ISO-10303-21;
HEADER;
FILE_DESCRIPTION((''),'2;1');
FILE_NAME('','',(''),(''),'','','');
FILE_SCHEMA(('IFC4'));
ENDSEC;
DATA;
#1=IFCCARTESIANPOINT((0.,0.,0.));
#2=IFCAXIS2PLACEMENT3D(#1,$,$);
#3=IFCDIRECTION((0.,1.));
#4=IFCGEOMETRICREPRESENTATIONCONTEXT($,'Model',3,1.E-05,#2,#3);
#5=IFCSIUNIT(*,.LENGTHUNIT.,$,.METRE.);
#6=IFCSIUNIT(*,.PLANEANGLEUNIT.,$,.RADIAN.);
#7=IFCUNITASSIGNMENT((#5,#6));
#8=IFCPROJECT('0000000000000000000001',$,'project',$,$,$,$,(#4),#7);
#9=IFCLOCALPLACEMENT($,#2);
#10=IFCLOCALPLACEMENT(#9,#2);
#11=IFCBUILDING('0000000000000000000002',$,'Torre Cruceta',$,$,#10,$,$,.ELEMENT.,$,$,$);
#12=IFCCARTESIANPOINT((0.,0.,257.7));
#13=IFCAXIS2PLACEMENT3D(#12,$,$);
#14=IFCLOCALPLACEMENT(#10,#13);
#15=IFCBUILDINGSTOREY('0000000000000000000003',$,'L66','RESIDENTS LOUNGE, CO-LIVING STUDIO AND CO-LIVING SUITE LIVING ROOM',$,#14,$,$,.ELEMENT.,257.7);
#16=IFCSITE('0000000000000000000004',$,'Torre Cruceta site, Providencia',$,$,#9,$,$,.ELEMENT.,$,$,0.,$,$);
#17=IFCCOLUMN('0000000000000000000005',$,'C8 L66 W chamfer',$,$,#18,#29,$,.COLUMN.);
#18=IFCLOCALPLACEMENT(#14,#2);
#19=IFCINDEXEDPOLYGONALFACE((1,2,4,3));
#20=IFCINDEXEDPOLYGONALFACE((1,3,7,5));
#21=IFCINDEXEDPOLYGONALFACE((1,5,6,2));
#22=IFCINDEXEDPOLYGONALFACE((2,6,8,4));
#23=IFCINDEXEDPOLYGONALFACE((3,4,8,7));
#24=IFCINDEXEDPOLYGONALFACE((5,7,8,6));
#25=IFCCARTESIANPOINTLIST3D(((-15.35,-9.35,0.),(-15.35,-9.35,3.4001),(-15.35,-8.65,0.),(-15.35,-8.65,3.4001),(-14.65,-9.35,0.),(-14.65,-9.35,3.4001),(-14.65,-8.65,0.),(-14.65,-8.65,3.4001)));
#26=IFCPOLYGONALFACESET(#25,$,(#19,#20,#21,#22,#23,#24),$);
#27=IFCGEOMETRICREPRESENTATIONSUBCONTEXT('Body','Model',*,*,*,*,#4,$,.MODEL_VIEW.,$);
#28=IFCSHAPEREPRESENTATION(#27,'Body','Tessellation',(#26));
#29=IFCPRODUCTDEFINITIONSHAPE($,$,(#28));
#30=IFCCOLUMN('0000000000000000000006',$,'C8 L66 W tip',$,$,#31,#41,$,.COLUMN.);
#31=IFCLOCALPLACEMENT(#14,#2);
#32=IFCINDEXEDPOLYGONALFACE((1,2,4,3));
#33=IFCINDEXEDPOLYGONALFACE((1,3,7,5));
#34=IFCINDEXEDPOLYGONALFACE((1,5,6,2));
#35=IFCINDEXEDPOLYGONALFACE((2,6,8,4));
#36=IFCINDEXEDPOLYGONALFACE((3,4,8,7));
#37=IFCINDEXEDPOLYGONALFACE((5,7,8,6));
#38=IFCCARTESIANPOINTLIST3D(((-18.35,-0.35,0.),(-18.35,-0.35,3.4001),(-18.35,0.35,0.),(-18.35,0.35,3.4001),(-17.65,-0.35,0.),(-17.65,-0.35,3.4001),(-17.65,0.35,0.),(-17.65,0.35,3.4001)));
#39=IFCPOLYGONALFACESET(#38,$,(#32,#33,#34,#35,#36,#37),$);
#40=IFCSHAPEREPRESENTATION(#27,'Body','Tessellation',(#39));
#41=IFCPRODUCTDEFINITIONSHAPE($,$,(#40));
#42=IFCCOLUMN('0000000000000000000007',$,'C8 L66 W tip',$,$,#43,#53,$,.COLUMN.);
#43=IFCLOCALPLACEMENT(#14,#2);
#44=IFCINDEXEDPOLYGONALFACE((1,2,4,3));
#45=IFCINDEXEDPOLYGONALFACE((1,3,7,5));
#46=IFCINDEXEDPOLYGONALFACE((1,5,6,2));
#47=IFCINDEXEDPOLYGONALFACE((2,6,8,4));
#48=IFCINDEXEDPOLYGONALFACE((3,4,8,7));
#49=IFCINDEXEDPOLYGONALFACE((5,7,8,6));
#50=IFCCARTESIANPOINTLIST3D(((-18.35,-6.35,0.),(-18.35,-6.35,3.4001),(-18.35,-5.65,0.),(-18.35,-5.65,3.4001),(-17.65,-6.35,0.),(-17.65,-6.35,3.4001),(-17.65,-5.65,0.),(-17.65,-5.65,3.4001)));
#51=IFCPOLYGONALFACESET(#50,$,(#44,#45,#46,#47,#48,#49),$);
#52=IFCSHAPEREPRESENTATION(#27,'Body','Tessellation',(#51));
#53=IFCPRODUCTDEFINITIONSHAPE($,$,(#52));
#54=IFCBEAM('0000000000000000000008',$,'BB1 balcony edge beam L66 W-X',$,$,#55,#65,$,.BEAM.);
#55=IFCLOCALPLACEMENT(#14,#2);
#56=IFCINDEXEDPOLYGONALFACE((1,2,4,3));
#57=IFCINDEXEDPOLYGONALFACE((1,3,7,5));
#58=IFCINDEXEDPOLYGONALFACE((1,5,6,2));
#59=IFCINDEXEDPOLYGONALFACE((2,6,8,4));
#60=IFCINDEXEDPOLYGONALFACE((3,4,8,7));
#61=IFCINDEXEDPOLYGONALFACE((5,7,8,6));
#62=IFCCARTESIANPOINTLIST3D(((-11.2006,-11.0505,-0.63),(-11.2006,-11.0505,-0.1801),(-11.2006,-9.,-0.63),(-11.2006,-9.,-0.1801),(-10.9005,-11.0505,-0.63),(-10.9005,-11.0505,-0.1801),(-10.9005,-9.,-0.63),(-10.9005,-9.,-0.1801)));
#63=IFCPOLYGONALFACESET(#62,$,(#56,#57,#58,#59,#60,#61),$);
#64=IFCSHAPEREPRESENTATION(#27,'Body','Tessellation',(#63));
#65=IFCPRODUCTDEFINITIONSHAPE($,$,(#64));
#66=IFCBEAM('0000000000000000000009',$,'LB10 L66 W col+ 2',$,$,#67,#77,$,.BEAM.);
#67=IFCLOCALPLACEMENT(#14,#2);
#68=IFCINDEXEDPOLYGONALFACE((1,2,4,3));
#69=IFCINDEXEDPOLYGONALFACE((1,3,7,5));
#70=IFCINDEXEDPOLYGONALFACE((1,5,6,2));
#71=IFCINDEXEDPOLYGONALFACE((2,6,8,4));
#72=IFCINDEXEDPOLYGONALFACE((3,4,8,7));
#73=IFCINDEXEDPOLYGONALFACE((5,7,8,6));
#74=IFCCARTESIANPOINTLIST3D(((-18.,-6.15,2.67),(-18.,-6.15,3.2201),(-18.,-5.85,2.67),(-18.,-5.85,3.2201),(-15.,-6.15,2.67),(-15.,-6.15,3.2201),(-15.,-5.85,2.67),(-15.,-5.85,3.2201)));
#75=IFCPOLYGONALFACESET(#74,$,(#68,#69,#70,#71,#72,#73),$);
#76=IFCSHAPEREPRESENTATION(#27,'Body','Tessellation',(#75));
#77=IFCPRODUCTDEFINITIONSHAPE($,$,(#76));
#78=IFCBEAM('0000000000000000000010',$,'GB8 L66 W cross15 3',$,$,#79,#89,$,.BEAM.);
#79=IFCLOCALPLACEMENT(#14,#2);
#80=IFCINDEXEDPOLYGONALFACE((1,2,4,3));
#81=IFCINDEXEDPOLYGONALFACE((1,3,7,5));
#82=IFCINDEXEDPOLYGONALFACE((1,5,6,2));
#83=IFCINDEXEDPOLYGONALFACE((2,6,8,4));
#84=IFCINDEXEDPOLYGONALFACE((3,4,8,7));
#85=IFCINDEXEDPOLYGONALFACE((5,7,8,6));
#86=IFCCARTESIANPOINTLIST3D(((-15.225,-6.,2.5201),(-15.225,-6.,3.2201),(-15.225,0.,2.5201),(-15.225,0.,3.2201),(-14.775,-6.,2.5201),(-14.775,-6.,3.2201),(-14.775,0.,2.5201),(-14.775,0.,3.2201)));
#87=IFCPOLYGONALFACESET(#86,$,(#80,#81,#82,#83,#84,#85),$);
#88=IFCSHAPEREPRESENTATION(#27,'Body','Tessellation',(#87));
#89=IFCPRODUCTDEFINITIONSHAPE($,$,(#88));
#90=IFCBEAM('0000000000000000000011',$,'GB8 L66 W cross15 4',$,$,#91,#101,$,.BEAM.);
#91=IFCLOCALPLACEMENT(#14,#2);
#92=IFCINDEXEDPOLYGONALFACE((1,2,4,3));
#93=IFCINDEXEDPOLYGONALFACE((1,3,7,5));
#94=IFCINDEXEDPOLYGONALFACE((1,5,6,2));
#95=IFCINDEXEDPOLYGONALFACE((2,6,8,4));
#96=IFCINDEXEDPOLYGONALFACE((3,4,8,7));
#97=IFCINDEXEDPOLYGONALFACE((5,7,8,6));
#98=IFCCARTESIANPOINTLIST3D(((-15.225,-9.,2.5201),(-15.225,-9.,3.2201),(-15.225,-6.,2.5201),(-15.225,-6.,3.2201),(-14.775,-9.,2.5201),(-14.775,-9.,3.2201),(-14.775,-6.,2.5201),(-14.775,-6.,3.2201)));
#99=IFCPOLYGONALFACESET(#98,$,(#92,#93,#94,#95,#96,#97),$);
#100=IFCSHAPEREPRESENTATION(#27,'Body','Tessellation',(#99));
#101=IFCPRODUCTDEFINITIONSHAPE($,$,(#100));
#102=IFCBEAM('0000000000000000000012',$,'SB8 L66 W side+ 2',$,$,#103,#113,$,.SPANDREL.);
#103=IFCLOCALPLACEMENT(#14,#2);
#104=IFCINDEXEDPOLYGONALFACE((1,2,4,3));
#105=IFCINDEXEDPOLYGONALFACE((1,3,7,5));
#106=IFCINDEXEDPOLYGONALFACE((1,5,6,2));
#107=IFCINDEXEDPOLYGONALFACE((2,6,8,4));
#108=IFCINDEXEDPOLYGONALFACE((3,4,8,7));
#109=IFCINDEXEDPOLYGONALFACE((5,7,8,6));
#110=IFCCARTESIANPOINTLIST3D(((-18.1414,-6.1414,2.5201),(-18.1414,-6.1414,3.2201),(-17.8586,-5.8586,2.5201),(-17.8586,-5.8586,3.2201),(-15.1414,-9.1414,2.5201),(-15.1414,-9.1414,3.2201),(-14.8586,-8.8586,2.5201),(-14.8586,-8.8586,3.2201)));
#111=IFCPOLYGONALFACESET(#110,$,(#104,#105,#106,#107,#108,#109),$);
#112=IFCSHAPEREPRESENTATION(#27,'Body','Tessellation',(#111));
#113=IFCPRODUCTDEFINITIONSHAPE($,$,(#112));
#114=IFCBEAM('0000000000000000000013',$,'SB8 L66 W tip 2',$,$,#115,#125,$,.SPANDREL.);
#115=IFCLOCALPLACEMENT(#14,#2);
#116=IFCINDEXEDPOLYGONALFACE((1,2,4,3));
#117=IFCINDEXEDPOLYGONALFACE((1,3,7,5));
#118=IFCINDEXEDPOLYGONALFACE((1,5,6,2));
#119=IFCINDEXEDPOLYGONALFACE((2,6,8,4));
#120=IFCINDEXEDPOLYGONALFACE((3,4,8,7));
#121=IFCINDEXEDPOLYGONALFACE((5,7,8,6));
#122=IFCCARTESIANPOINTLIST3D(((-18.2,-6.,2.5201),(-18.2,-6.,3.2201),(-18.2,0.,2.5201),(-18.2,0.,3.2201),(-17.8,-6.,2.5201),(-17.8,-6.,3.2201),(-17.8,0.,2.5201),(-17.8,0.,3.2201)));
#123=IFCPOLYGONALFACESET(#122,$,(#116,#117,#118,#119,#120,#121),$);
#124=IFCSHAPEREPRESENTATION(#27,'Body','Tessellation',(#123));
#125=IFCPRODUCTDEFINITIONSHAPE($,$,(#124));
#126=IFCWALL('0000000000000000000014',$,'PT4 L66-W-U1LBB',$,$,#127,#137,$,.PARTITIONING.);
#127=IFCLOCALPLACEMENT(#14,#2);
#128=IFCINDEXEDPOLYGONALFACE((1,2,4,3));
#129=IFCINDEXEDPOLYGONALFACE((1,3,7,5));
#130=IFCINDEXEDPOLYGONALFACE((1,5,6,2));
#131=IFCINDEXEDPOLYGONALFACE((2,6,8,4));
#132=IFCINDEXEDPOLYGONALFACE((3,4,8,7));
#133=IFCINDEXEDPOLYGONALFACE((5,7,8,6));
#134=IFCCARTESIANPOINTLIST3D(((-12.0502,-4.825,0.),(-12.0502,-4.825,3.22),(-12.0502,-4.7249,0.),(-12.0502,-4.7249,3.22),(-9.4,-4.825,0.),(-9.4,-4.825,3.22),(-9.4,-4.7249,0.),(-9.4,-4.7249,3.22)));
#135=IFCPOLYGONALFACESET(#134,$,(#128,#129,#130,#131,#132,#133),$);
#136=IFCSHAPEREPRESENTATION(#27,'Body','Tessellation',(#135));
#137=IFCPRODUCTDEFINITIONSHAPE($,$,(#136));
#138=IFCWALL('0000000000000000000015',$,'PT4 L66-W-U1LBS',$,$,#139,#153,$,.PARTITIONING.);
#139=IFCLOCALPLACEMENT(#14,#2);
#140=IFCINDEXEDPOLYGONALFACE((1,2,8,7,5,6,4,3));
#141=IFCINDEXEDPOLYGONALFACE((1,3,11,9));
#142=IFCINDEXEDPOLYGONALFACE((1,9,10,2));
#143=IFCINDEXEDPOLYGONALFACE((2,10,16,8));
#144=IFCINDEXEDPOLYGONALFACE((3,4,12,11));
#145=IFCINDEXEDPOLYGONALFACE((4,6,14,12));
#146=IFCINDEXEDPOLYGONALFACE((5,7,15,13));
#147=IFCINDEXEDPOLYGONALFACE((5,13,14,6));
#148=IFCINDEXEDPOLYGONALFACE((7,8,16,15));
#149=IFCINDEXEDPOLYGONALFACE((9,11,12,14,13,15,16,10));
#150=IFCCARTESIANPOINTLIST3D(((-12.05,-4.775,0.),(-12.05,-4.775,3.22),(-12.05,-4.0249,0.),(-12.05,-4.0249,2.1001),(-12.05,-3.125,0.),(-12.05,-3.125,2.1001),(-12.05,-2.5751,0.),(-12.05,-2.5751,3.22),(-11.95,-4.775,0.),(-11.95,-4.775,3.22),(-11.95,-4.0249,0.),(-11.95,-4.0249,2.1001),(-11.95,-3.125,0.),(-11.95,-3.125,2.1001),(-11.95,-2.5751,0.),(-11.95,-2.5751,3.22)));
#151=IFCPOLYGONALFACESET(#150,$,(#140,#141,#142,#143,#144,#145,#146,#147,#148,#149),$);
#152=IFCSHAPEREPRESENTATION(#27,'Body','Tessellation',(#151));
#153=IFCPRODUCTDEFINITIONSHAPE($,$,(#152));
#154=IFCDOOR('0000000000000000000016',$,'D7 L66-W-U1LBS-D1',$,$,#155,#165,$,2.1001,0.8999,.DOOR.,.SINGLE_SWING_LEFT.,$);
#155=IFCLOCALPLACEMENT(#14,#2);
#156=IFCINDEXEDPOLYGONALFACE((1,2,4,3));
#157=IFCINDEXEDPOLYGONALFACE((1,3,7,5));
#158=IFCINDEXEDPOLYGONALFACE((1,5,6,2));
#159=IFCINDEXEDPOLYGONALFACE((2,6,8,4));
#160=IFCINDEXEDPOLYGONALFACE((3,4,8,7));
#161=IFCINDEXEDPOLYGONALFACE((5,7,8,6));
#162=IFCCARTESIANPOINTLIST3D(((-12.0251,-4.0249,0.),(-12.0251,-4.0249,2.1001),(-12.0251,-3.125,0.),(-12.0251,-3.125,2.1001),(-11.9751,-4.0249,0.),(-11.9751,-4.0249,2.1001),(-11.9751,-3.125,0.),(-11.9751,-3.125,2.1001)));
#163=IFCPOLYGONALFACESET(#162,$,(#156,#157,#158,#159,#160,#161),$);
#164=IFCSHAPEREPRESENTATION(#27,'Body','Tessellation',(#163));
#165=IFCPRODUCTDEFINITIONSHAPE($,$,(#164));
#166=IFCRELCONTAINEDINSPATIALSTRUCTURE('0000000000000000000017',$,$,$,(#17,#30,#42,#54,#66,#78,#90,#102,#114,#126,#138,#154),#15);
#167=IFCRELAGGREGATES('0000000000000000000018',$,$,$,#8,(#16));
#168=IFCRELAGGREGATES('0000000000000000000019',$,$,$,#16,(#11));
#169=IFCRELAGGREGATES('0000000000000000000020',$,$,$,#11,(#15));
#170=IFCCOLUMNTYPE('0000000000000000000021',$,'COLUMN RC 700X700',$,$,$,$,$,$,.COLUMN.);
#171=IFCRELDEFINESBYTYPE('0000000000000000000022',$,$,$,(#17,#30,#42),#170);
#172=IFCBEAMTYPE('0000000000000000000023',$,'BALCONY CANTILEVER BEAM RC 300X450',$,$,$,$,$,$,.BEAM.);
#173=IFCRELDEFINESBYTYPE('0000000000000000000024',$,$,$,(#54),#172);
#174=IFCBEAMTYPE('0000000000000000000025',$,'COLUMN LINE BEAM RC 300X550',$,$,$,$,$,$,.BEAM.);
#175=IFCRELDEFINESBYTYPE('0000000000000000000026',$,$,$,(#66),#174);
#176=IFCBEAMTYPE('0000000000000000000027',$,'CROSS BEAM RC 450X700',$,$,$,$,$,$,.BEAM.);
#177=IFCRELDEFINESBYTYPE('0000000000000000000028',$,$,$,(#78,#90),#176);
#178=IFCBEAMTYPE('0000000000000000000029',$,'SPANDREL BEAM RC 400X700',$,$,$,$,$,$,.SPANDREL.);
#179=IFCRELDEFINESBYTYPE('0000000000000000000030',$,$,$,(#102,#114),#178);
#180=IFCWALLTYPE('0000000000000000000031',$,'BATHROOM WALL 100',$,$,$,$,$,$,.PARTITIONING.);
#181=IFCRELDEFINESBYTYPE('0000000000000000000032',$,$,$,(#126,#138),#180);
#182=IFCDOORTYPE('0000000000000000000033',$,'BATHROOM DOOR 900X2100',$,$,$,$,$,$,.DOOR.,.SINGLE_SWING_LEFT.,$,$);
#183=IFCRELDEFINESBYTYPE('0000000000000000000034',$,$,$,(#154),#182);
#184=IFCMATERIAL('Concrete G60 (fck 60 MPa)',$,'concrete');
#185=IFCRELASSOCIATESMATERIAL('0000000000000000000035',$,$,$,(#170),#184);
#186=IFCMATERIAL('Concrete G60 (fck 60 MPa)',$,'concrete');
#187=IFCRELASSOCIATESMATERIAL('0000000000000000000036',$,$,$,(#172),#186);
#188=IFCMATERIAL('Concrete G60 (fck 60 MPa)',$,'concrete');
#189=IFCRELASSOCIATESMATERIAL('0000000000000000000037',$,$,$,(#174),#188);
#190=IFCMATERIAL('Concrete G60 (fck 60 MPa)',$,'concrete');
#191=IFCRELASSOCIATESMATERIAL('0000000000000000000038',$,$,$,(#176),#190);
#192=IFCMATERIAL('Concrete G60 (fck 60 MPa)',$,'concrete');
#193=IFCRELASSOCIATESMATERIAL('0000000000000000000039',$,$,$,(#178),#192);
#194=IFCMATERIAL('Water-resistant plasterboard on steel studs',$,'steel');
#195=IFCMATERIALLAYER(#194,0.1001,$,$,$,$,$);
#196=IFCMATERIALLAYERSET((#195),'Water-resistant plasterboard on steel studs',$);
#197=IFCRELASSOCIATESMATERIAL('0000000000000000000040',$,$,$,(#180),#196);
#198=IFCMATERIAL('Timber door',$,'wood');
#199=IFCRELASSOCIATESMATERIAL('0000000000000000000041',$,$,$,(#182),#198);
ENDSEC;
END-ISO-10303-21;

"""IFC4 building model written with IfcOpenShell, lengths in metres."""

from ifc_helpers import new_model, si_unit, direction, frame, frame_2d, origin, origin_2d, place, context, subcontext, project, spatial, rectangle, extrude, material, layer, layer_set, material_profile, profile_set, type_object, element, fill, save


model = new_model("IFC4")

# Units and contexts
model_context = context("Model", 3, precision=1e-05, world=origin(), true_north=direction((0.0, 1.0)))
body_context = subcontext(model_context, "Body", "Model", "MODEL_VIEW")
ifc_project = project(units=[si_unit("LENGTHUNIT", "METRE"), si_unit("PLANEANGLEUNIT", "RADIAN")], contexts=[model_context])

# Site, building, storey
site_placement = place(None, origin())
site = spatial("IfcSite", under=ifc_project, at=site_placement, Name="Torre Cruceta site, Providencia", CompositionType="ELEMENT", RefElevation=0.0)
building_placement = place(site_placement, origin())
building = spatial("IfcBuilding", under=site, at=building_placement, Name="Torre Cruceta", CompositionType="ELEMENT")
storey_placement = place(building_placement, frame((0.0, 0.0, 257.7)))
storey = spatial("IfcBuildingStorey", under=building, at=storey_placement, Name="L66", Description="RESIDENTS LOUNGE, CO-LIVING STUDIO AND CO-LIVING SUITE LIVING ROOM", CompositionType="ELEMENT", Elevation=257.7)

# Columns
ifc_material_1 = material(Name="Concrete G60 (fck 60 MPa)", Category="concrete")
ifc_material_profile_1 = material_profile(ifc_material_1, rectangle(XDim=0.7, YDim=0.7, at=origin_2d()), Name="RC 700X700")
ifc_profile_set_1 = profile_set([ifc_material_profile_1], Name="Concrete G60 (fck 60 MPa)")
column_type = type_object("IfcColumnType", Name="COLUMN RC 700X700", PredefinedType="COLUMN", material=ifc_profile_set_1)
for number, where, z_axis, x_axis, name in (
    (1, (-15.0, -9.0, 0.0), (0.0, 0.0, 1.0), (1.0, 0.0, 0.0), "C8 L66 W chamfer"),
    (2, (-18.0, 0.0, 0.0), (0.0, 0.0, 1.0), (1.0, 0.0, 0.0), "C8 L66 W tip"),
    (3, (-18.0, -6.0, 0.0), (0.0, 0.0, 1.0), (1.0, 0.0, 0.0), "C8 L66 W tip"),
):
    element("IfcColumn", number, at=place(storey_placement, frame(where, z_axis=z_axis, x_axis=x_axis)), inside=storey, type_object=column_type, Name=name, PredefinedType="COLUMN", context=body_context, shape_type="SweptSolid", body=[
        extrude(rectangle(XDim=0.7, YDim=0.7, at=origin_2d()), origin(), (0.0, 0.0, 1.0), 3.4001),
    ])

# Beams
ifc_material_2 = material(Name="Concrete G60 (fck 60 MPa)", Category="concrete")
ifc_material_profile_2 = material_profile(ifc_material_2, rectangle(XDim=0.3, YDim=0.45, at=origin_2d()), Name="RC 300X450")
ifc_profile_set_2 = profile_set([ifc_material_profile_2], Name="Concrete G60 (fck 60 MPa)")
beam_type_1 = type_object("IfcBeamType", Name="BALCONY CANTILEVER BEAM RC 300X450", PredefinedType="BEAM", material=ifc_profile_set_2)
beam_1_placement = place(storey_placement, frame((-11.0505, -9.0, -0.405), z_axis=(0.0, -1.0, 0.0), x_axis=(1.0, 0.0, 0.0)))
element("IfcBeam", 4, at=beam_1_placement, inside=storey, type_object=beam_type_1, Name="BB1 balcony edge beam L66 W-X", PredefinedType="BEAM", context=body_context, shape_type="SweptSolid", body=[
    extrude(rectangle(XDim=0.3, YDim=0.45, at=origin_2d()), origin(), (0.0, 0.0, 1.0), 2.0505),
])
ifc_material_3 = material(Name="Concrete G60 (fck 60 MPa)", Category="concrete")
ifc_material_profile_3 = material_profile(ifc_material_3, rectangle(XDim=0.3, YDim=0.55, at=origin_2d()), Name="RC 300X550")
ifc_profile_set_3 = profile_set([ifc_material_profile_3], Name="Concrete G60 (fck 60 MPa)")
beam_type_2 = type_object("IfcBeamType", Name="COLUMN LINE BEAM RC 300X550", PredefinedType="BEAM", material=ifc_profile_set_3)
beam_2_placement = place(storey_placement, frame((-15.0, -6.0, 2.9451), z_axis=(-1.0, 0.0, 0.0), x_axis=(0.0, -1.0, 0.0)))
element("IfcBeam", 5, at=beam_2_placement, inside=storey, type_object=beam_type_2, Name="LB10 L66 W col+ 2", PredefinedType="BEAM", context=body_context, shape_type="SweptSolid", body=[
    extrude(rectangle(XDim=0.3, YDim=0.55, at=origin_2d()), origin(), (0.0, 0.0, 1.0), 3.0),
])
ifc_material_4 = material(Name="Concrete G60 (fck 60 MPa)", Category="concrete")
ifc_material_profile_4 = material_profile(ifc_material_4, rectangle(XDim=0.45, YDim=0.7, at=origin_2d()), Name="RC 450X700")
ifc_profile_set_4 = profile_set([ifc_material_profile_4], Name="Concrete G60 (fck 60 MPa)")
beam_type_3 = type_object("IfcBeamType", Name="CROSS BEAM RC 450X700", PredefinedType="BEAM", material=ifc_profile_set_4)
beam_3_placement = place(storey_placement, frame((-15.0, 0.0, 2.8701), z_axis=(0.0, -1.0, 0.0), x_axis=(1.0, 0.0, 0.0)))
element("IfcBeam", 6, at=beam_3_placement, inside=storey, type_object=beam_type_3, Name="GB8 L66 W cross15 3", PredefinedType="BEAM", context=body_context, shape_type="SweptSolid", body=[
    extrude(rectangle(XDim=0.45, YDim=0.7, at=origin_2d()), origin(), (0.0, 0.0, 1.0), 6.0),
])
beam_4_placement = place(storey_placement, frame((-15.0, -6.0, 2.8701), z_axis=(0.0, -1.0, 0.0), x_axis=(1.0, 0.0, 0.0)))
element("IfcBeam", 7, at=beam_4_placement, inside=storey, type_object=beam_type_3, Name="GB8 L66 W cross15 4", PredefinedType="BEAM", context=body_context, shape_type="SweptSolid", body=[
    extrude(rectangle(XDim=0.45, YDim=0.7, at=origin_2d()), origin(), (0.0, 0.0, 1.0), 3.0),
])
ifc_material_5 = material(Name="Concrete G60 (fck 60 MPa)", Category="concrete")
ifc_material_profile_5 = material_profile(ifc_material_5, rectangle(XDim=0.3999, YDim=0.7, at=origin_2d()), Name="RC 400X700")
ifc_profile_set_5 = profile_set([ifc_material_profile_5], Name="Concrete G60 (fck 60 MPa)")
beam_type_4 = type_object("IfcBeamType", Name="SPANDREL BEAM RC 400X700", PredefinedType="SPANDREL", material=ifc_profile_set_5)
beam_5_placement = place(storey_placement, frame((-15.0, -9.0, 2.8701), z_axis=(-0.707107, 0.707107, 0.0), x_axis=(-0.707107, -0.707107, 0.0)))
element("IfcBeam", 8, at=beam_5_placement, inside=storey, type_object=beam_type_4, Name="SB8 L66 W side+ 2", PredefinedType="SPANDREL", context=body_context, shape_type="SweptSolid", body=[
    extrude(rectangle(XDim=0.3999, YDim=0.7, at=origin_2d()), origin(), (0.0, 0.0, 1.0), 4.2427),
])
beam_6_placement = place(storey_placement, frame((-18.0, 0.0, 2.8701), z_axis=(0.0, -1.0, 0.0), x_axis=(1.0, 0.0, 0.0)))
element("IfcBeam", 9, at=beam_6_placement, inside=storey, type_object=beam_type_4, Name="SB8 L66 W tip 2", PredefinedType="SPANDREL", context=body_context, shape_type="SweptSolid", body=[
    extrude(rectangle(XDim=0.3999, YDim=0.7, at=origin_2d()), origin(), (0.0, 0.0, 1.0), 6.0),
])

# Wall
ifc_material_6 = material(Name="Water-resistant plasterboard on steel studs", Category="steel")
ifc_layer_1 = layer(ifc_material_6, 0.1001)
ifc_layer_set_1 = layer_set([ifc_layer_1], Name="Water-resistant plasterboard on steel studs")
wall_type_1 = type_object("IfcWallType", Name="BATHROOM WALL 100", PredefinedType="PARTITIONING", material=ifc_layer_set_1)
wall_1_placement = place(storey_placement, frame((-9.3999, -4.7749, 0.0), z_axis=(0.0, 0.0, 1.0), x_axis=(-1.0, 0.0, 0.0)))
element("IfcWall", 10, at=wall_1_placement, inside=storey, type_object=wall_type_1, Name="PT4 L66-W-U1LBB", PredefinedType="PARTITIONING", context=body_context, shape_type="SweptSolid", body=[
    extrude(rectangle(XDim=2.6501, YDim=0.1001, at=frame_2d((1.3252, 0.0))), origin(), (0.0, 0.0, 1.0), 3.22),
])

# Wall, opening, door
wall_2_placement = place(storey_placement, frame((-12.0, -2.575, 0.0), z_axis=(0.0, 0.0, 1.0), x_axis=(0.0, -1.0, 0.0)))
wall_2 = element("IfcWall", 11, at=wall_2_placement, inside=storey, type_object=wall_type_1, Name="PT4 L66-W-U1LBS", PredefinedType="PARTITIONING", context=body_context, shape_type="SweptSolid", body=[
    extrude(rectangle(XDim=2.2, YDim=0.1001, at=frame_2d((1.1001, 0.0))), origin(), (0.0, 0.0, 1.0), 3.22),
])
opening_1_placement = place(wall_2_placement, frame((0.55, 0.0, 0.0)))
opening_1 = element("IfcOpeningElement", 12, at=opening_1_placement, cuts=wall_2, PredefinedType="OPENING", context=body_context, shape_type="SweptSolid", body=[
    extrude(rectangle(XDim=0.8999, YDim=2.1001, at=frame_2d((0.45, 1.05))), frame((0.0, 0.0601, 0.0), z_axis=(0.0, -1.0, 0.0), x_axis=(1.0, 0.0, 0.0)), (0.0, 0.0, 1.0), 0.1201),
])
ifc_material_7 = material(Name="Timber door", Category="wood")
door_type_1 = type_object("IfcDoorType", Name="BATHROOM DOOR 900X2100", OperationType="SINGLE_SWING_LEFT", PredefinedType="DOOR", material=ifc_material_7)
door_1_placement = place(opening_1_placement, origin())
door_1 = element("IfcDoor", 13, at=door_1_placement, inside=storey, type_object=door_type_1, Name="D7 L66-W-U1LBS-D1", OperationType="SINGLE_SWING_LEFT", OverallHeight=2.1001, OverallWidth=0.8999, PredefinedType="DOOR", context=body_context, shape_type="SweptSolid", body=[
    extrude(rectangle(XDim=0.8999, YDim=2.1001, at=frame_2d((0.45, 1.05))), frame((0.0, 0.0249, 0.0), z_axis=(0.0, -1.0, 0.0), x_axis=(1.0, 0.0, 0.0)), (0.0, 0.0, 1.0), 0.05),
])
fill(opening_1, door_1)

save(model, "model.ifc")
